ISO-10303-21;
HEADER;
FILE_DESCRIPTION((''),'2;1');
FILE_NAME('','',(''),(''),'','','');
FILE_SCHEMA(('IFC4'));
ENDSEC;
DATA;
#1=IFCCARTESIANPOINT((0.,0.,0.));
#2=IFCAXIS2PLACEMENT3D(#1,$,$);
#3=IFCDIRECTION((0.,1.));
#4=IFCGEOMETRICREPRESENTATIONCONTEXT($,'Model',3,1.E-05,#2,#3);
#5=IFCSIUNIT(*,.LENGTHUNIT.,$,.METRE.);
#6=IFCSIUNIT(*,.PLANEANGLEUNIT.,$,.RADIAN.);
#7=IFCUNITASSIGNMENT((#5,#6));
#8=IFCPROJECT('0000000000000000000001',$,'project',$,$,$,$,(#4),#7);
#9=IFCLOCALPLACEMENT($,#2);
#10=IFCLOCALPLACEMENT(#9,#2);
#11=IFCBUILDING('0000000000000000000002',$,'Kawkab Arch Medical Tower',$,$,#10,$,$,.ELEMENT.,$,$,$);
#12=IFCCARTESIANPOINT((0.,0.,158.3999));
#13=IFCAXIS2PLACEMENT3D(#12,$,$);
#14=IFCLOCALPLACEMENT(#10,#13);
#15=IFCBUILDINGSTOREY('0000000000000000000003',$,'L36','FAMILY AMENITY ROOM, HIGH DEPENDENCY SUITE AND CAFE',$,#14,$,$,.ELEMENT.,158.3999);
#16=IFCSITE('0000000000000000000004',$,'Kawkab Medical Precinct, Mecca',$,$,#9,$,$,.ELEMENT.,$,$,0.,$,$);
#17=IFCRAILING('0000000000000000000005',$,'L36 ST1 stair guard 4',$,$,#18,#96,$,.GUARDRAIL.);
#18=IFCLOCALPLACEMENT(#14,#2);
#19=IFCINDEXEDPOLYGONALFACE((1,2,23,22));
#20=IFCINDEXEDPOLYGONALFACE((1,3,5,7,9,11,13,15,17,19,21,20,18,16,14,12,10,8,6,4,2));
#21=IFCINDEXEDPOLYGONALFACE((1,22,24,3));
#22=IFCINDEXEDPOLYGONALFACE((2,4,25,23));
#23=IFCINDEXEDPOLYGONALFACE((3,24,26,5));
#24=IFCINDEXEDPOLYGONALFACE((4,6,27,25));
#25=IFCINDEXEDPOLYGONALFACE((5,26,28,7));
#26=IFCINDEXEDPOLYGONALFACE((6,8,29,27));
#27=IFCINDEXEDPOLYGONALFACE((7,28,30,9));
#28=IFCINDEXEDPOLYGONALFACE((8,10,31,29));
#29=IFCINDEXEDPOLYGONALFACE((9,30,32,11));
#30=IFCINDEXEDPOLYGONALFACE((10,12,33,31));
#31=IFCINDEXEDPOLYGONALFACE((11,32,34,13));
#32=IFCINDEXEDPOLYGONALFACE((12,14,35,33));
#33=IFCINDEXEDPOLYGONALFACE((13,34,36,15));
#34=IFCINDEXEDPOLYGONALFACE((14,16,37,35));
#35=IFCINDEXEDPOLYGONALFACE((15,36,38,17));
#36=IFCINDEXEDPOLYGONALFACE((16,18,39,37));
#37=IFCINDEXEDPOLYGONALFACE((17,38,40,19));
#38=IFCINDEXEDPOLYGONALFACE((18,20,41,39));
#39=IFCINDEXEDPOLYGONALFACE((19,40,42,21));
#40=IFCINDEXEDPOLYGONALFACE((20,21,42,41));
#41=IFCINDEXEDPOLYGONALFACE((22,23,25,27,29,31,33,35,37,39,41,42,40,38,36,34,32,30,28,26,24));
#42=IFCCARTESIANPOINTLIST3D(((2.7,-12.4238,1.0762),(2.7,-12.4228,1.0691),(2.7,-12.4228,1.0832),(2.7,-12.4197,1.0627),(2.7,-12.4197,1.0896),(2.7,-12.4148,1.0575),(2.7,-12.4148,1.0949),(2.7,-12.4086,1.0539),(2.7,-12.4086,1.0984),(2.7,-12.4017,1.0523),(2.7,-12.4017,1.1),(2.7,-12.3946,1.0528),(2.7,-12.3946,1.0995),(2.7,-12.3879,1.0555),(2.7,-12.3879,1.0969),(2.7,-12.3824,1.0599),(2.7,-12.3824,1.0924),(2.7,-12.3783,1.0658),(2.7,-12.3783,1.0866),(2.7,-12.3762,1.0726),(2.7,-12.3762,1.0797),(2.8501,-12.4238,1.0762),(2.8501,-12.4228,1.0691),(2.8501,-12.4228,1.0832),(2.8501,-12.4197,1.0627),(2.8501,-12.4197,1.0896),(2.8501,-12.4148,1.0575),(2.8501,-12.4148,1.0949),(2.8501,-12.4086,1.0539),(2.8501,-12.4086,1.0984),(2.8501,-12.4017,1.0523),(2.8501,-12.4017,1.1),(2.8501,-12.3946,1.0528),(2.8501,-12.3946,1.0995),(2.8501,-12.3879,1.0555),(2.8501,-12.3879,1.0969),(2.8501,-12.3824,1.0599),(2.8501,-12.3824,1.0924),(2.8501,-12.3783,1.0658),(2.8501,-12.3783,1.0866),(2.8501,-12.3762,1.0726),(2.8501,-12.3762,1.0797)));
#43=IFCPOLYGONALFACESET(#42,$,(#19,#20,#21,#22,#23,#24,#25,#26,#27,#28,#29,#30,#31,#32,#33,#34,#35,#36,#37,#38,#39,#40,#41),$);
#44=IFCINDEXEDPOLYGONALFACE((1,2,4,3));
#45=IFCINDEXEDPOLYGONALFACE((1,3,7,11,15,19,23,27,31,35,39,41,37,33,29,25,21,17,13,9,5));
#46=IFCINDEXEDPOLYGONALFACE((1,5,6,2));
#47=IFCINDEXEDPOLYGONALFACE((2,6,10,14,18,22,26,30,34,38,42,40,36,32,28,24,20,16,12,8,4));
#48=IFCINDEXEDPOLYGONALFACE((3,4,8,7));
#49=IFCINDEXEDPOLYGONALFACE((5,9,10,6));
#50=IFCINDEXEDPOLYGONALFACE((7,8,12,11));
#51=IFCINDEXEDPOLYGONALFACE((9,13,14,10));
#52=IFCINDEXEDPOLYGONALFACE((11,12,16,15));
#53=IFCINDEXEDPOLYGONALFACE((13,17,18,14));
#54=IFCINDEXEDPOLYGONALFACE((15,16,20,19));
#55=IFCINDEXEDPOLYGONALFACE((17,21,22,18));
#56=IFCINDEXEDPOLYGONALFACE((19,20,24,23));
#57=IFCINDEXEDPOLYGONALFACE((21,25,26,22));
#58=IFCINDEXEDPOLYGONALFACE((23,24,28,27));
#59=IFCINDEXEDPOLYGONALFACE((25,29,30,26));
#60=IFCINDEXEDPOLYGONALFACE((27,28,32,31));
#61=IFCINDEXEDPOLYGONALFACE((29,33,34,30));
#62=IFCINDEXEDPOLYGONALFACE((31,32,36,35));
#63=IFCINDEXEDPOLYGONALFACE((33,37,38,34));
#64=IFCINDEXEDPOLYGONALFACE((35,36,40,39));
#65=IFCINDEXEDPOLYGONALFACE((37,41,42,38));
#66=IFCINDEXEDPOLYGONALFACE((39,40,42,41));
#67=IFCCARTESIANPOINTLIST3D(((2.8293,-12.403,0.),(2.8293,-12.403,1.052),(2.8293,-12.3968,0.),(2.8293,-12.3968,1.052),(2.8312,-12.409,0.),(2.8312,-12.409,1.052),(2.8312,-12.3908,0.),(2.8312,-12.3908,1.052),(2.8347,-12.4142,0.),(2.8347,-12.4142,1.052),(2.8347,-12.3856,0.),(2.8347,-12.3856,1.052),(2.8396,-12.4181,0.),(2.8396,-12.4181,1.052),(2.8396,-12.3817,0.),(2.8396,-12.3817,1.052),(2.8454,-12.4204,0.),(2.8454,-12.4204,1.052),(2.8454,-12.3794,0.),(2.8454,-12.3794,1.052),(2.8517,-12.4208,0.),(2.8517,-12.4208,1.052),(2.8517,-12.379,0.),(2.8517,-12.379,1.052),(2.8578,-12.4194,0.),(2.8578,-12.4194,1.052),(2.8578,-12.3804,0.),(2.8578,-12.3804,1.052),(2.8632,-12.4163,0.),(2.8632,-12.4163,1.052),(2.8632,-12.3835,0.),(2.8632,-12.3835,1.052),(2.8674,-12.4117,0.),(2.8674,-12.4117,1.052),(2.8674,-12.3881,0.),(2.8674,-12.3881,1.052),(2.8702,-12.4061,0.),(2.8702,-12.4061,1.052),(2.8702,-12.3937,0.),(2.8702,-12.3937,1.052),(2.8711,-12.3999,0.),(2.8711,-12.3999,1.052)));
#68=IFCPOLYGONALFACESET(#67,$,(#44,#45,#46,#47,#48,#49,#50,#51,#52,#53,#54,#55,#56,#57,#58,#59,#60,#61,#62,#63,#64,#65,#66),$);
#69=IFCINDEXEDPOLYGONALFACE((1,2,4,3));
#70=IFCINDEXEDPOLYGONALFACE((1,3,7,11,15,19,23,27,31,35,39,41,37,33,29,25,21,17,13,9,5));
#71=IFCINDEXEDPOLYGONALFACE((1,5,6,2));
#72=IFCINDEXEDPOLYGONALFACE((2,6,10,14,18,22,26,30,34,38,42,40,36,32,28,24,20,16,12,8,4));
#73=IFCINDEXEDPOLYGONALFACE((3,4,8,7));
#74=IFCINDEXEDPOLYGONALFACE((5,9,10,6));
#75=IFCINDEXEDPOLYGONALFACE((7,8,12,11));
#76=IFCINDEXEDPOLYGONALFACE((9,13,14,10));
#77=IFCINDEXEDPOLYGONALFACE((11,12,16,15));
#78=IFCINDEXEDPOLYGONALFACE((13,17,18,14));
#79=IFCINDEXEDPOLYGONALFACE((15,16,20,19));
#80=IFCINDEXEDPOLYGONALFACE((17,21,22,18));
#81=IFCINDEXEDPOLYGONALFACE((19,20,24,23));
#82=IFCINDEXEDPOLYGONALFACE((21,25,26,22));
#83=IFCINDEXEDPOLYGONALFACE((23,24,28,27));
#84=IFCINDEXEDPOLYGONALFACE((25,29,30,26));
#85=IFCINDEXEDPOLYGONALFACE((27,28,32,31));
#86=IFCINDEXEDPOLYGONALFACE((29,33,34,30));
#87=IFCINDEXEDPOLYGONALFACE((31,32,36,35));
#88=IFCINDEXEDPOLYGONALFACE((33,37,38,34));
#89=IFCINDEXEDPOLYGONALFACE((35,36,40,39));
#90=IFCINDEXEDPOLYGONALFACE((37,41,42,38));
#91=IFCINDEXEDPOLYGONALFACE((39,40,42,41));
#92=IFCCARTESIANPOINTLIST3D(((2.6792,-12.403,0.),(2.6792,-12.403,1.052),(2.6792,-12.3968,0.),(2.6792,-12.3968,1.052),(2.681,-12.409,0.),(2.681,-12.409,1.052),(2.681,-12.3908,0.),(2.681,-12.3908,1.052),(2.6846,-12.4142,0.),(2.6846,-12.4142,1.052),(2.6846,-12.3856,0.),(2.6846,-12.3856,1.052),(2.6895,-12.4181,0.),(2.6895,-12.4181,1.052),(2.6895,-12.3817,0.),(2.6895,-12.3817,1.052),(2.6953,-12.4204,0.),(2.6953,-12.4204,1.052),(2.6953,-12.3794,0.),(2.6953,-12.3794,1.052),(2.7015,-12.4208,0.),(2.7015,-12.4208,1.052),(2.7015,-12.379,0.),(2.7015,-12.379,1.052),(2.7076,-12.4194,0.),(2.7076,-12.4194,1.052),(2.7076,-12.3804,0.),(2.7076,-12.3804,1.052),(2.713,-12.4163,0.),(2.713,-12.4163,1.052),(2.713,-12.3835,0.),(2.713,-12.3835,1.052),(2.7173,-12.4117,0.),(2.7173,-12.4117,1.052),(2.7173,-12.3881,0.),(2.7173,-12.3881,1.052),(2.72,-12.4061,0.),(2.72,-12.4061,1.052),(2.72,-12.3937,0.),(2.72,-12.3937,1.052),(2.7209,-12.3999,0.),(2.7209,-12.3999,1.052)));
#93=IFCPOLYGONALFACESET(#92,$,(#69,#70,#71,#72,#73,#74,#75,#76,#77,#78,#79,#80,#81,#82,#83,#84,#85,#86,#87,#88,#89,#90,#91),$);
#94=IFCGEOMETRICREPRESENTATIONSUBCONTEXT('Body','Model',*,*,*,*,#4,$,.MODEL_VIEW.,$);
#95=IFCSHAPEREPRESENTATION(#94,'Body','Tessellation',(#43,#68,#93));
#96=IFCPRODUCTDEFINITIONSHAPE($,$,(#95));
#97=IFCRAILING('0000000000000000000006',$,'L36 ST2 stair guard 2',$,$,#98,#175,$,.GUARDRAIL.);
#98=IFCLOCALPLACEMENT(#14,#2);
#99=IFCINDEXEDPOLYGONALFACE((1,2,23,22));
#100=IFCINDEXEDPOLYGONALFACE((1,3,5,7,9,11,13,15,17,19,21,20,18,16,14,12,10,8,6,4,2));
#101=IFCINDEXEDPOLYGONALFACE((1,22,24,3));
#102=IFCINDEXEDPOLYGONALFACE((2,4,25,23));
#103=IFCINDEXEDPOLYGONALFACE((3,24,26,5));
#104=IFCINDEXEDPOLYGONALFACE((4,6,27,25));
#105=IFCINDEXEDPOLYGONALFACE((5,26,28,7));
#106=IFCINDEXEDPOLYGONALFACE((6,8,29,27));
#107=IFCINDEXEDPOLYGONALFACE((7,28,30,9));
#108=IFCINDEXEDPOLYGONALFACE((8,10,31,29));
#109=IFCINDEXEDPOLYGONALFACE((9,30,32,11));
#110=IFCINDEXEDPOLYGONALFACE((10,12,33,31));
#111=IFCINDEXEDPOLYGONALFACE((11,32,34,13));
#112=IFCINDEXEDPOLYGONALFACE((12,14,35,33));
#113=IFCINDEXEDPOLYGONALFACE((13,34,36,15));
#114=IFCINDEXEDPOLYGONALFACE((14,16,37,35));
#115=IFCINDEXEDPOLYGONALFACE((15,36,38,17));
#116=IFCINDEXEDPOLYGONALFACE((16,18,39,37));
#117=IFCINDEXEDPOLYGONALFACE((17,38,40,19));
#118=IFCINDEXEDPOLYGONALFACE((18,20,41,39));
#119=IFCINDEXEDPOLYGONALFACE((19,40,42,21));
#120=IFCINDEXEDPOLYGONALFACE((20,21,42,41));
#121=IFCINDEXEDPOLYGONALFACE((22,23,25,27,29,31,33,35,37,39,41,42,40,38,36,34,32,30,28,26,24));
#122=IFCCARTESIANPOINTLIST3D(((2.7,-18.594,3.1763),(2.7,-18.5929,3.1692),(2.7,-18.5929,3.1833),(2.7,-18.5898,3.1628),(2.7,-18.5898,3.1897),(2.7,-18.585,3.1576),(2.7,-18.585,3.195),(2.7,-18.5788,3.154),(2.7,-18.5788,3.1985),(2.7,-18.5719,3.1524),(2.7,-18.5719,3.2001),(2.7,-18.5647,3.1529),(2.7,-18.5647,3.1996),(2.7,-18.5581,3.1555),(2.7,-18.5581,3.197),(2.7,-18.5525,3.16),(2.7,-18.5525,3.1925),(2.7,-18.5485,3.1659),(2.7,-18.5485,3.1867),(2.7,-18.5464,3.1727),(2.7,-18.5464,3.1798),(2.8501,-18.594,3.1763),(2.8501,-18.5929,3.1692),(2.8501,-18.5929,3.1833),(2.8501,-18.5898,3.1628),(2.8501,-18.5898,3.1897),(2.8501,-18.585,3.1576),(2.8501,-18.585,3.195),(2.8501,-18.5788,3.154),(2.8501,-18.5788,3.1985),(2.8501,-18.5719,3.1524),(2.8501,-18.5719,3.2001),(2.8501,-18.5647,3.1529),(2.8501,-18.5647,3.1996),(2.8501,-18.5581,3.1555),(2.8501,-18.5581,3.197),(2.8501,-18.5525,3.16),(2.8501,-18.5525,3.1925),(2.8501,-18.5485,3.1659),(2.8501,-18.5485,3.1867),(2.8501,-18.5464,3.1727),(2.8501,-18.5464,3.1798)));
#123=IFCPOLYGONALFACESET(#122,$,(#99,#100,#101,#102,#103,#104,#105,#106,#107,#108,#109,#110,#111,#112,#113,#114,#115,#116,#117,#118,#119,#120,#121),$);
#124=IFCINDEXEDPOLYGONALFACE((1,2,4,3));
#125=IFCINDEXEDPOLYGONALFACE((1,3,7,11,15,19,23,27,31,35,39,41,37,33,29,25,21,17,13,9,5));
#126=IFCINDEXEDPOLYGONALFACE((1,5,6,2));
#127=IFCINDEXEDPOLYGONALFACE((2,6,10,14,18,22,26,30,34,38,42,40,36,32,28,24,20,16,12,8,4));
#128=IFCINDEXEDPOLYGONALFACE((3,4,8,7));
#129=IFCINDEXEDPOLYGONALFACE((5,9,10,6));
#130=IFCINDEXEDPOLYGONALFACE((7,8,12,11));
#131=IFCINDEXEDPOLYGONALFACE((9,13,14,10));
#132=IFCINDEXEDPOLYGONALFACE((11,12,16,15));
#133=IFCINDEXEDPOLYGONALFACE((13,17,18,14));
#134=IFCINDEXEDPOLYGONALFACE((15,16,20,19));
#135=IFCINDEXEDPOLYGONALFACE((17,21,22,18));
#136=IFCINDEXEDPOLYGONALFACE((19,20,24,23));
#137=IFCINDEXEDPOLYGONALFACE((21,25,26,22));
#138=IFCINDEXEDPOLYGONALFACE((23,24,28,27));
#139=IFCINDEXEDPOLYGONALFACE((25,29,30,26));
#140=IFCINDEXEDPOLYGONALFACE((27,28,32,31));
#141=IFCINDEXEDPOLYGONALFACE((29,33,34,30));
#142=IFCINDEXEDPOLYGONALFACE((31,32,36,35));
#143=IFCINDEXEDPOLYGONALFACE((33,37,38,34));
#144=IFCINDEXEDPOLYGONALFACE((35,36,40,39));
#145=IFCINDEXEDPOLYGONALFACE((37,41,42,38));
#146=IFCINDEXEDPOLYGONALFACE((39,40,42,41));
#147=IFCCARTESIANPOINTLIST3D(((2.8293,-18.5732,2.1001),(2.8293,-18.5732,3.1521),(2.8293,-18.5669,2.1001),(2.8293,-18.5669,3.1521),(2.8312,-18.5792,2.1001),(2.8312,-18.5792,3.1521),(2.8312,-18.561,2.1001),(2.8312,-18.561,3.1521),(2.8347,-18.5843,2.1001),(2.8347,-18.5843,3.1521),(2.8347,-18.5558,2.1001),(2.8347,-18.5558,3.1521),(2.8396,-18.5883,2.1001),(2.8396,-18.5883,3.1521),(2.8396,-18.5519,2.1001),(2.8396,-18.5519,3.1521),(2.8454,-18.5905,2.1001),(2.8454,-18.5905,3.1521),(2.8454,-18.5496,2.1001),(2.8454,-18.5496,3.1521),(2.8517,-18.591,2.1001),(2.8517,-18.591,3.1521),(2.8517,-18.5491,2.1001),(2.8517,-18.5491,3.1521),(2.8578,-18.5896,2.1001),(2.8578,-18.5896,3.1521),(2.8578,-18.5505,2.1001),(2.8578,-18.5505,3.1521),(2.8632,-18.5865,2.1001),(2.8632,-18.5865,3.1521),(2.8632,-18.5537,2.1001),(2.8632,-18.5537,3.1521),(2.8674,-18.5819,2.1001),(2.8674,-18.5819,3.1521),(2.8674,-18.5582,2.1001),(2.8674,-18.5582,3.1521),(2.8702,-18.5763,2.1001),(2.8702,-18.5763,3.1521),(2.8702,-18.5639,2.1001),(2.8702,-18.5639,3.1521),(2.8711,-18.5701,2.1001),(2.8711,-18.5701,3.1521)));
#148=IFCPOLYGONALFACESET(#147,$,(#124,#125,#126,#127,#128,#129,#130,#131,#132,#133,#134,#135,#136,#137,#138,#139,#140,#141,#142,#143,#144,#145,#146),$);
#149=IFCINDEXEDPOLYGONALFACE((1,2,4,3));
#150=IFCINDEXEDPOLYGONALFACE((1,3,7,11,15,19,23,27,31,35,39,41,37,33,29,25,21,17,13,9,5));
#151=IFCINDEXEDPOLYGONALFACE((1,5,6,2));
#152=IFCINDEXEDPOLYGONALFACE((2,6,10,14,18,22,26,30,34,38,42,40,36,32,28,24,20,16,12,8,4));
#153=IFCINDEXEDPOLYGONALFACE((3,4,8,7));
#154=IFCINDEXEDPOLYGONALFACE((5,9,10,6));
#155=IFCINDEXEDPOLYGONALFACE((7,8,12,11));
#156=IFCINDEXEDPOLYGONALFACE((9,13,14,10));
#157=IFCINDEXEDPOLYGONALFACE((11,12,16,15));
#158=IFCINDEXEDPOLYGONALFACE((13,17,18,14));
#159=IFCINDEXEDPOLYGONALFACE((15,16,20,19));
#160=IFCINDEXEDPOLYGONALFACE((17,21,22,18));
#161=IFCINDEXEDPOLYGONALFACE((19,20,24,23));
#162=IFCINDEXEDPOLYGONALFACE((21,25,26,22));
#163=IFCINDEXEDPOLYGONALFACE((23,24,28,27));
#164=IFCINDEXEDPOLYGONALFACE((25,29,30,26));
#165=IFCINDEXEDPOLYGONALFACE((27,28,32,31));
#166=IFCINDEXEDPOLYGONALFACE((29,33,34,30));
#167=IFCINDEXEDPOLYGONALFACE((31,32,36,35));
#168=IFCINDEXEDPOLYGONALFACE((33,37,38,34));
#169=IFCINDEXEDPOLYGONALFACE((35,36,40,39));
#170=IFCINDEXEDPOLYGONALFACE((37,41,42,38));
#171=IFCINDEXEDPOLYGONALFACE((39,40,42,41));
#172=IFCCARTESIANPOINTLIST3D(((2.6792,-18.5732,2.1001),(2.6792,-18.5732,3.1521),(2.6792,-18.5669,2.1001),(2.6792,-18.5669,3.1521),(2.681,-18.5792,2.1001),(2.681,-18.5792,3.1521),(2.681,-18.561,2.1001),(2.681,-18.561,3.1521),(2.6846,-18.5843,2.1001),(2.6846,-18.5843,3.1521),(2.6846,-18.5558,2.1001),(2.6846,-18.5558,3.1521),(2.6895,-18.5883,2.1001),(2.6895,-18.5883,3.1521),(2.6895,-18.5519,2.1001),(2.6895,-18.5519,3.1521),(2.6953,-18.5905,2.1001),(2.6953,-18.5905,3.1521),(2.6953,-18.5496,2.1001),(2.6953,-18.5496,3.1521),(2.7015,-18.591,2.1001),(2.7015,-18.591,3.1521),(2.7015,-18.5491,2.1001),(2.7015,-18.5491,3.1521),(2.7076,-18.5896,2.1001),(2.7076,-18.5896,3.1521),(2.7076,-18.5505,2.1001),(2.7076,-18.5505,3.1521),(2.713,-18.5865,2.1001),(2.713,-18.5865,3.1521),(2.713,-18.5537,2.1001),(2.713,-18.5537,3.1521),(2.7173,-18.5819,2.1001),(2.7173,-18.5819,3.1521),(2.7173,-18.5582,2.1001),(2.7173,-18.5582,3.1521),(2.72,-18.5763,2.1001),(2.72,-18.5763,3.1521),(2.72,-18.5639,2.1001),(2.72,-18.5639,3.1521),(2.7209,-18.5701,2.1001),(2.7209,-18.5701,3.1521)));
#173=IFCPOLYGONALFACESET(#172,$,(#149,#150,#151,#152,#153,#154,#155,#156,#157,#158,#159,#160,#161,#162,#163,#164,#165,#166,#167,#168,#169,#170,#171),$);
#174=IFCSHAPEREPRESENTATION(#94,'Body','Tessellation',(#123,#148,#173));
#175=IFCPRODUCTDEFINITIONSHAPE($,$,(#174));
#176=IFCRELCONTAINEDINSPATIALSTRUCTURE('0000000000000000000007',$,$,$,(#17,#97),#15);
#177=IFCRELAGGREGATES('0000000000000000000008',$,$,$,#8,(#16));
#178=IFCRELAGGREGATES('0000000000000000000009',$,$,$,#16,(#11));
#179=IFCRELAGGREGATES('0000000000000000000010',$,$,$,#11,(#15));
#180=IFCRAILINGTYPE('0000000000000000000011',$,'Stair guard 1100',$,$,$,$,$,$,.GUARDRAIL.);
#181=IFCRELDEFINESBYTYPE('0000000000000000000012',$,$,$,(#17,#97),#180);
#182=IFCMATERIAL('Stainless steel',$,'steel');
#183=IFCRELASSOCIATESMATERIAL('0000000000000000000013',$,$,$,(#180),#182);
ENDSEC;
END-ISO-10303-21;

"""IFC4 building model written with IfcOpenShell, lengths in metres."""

from ifc_helpers import new_model, si_unit, direction, frame, origin, origin_2d, place, context, subcontext, project, spatial, circle, extrude, material, type_object, element, save


model = new_model("IFC4")

# Units and contexts
model_context = context("Model", 3, precision=1e-05, world=origin(), true_north=direction((0.0, 1.0)))
body_context = subcontext(model_context, "Body", "Model", "MODEL_VIEW")
ifc_project = project(units=[si_unit("LENGTHUNIT", "METRE"), si_unit("PLANEANGLEUNIT", "RADIAN")], contexts=[model_context])

# Site, building, storey
site_placement = place(None, origin())
site = spatial("IfcSite", under=ifc_project, at=site_placement, Name="Kawkab Medical Precinct, Mecca", CompositionType="ELEMENT", RefElevation=0.0)
building_placement = place(site_placement, origin())
building = spatial("IfcBuilding", under=site, at=building_placement, Name="Kawkab Arch Medical Tower", CompositionType="ELEMENT")
storey_placement = place(building_placement, frame((0.0, 0.0, 158.3999)))
storey = spatial("IfcBuildingStorey", under=building, at=storey_placement, Name="L36", Description="FAMILY AMENITY ROOM, HIGH DEPENDENCY SUITE AND CAFE", CompositionType="ELEMENT", Elevation=158.3999)

# Railings
ifc_material_1 = material(Name="Stainless steel", Category="steel")
railing_type_1 = type_object("IfcRailingType", Name="Stair guard 1100", PredefinedType="GUARDRAIL", material=ifc_material_1)
for number, where, name in (
    (1, (2.8501, -12.3999, 0.0), "L36 ST1 stair guard 4"),
    (2, (2.8501, -18.5701, 2.1001), "L36 ST2 stair guard 2"),
):
    element("IfcRailing", number, at=place(storey_placement, frame(where)), inside=storey, type_object=railing_type_1, Name=name, PredefinedType="GUARDRAIL", context=body_context, shape_type="SweptSolid", body=[
        extrude(circle(Radius=0.0239, at=origin_2d()), frame((0.0, 0.0, 1.0762), z_axis=(-1.0, 0.0, 0.0), x_axis=(0.0, -1.0, 0.0)), (0.0, 0.0, 1.0), 0.1501),
        extrude(circle(Radius=0.021, at=origin_2d()), origin(), (0.0, 0.0, 1.0), 1.052),
        extrude(circle(Radius=0.021, at=origin_2d()), frame((-0.1501, 0.0, 0.0)), (0.0, 0.0, 1.0), 1.052),
    ])

save(model, "model.ifc")
